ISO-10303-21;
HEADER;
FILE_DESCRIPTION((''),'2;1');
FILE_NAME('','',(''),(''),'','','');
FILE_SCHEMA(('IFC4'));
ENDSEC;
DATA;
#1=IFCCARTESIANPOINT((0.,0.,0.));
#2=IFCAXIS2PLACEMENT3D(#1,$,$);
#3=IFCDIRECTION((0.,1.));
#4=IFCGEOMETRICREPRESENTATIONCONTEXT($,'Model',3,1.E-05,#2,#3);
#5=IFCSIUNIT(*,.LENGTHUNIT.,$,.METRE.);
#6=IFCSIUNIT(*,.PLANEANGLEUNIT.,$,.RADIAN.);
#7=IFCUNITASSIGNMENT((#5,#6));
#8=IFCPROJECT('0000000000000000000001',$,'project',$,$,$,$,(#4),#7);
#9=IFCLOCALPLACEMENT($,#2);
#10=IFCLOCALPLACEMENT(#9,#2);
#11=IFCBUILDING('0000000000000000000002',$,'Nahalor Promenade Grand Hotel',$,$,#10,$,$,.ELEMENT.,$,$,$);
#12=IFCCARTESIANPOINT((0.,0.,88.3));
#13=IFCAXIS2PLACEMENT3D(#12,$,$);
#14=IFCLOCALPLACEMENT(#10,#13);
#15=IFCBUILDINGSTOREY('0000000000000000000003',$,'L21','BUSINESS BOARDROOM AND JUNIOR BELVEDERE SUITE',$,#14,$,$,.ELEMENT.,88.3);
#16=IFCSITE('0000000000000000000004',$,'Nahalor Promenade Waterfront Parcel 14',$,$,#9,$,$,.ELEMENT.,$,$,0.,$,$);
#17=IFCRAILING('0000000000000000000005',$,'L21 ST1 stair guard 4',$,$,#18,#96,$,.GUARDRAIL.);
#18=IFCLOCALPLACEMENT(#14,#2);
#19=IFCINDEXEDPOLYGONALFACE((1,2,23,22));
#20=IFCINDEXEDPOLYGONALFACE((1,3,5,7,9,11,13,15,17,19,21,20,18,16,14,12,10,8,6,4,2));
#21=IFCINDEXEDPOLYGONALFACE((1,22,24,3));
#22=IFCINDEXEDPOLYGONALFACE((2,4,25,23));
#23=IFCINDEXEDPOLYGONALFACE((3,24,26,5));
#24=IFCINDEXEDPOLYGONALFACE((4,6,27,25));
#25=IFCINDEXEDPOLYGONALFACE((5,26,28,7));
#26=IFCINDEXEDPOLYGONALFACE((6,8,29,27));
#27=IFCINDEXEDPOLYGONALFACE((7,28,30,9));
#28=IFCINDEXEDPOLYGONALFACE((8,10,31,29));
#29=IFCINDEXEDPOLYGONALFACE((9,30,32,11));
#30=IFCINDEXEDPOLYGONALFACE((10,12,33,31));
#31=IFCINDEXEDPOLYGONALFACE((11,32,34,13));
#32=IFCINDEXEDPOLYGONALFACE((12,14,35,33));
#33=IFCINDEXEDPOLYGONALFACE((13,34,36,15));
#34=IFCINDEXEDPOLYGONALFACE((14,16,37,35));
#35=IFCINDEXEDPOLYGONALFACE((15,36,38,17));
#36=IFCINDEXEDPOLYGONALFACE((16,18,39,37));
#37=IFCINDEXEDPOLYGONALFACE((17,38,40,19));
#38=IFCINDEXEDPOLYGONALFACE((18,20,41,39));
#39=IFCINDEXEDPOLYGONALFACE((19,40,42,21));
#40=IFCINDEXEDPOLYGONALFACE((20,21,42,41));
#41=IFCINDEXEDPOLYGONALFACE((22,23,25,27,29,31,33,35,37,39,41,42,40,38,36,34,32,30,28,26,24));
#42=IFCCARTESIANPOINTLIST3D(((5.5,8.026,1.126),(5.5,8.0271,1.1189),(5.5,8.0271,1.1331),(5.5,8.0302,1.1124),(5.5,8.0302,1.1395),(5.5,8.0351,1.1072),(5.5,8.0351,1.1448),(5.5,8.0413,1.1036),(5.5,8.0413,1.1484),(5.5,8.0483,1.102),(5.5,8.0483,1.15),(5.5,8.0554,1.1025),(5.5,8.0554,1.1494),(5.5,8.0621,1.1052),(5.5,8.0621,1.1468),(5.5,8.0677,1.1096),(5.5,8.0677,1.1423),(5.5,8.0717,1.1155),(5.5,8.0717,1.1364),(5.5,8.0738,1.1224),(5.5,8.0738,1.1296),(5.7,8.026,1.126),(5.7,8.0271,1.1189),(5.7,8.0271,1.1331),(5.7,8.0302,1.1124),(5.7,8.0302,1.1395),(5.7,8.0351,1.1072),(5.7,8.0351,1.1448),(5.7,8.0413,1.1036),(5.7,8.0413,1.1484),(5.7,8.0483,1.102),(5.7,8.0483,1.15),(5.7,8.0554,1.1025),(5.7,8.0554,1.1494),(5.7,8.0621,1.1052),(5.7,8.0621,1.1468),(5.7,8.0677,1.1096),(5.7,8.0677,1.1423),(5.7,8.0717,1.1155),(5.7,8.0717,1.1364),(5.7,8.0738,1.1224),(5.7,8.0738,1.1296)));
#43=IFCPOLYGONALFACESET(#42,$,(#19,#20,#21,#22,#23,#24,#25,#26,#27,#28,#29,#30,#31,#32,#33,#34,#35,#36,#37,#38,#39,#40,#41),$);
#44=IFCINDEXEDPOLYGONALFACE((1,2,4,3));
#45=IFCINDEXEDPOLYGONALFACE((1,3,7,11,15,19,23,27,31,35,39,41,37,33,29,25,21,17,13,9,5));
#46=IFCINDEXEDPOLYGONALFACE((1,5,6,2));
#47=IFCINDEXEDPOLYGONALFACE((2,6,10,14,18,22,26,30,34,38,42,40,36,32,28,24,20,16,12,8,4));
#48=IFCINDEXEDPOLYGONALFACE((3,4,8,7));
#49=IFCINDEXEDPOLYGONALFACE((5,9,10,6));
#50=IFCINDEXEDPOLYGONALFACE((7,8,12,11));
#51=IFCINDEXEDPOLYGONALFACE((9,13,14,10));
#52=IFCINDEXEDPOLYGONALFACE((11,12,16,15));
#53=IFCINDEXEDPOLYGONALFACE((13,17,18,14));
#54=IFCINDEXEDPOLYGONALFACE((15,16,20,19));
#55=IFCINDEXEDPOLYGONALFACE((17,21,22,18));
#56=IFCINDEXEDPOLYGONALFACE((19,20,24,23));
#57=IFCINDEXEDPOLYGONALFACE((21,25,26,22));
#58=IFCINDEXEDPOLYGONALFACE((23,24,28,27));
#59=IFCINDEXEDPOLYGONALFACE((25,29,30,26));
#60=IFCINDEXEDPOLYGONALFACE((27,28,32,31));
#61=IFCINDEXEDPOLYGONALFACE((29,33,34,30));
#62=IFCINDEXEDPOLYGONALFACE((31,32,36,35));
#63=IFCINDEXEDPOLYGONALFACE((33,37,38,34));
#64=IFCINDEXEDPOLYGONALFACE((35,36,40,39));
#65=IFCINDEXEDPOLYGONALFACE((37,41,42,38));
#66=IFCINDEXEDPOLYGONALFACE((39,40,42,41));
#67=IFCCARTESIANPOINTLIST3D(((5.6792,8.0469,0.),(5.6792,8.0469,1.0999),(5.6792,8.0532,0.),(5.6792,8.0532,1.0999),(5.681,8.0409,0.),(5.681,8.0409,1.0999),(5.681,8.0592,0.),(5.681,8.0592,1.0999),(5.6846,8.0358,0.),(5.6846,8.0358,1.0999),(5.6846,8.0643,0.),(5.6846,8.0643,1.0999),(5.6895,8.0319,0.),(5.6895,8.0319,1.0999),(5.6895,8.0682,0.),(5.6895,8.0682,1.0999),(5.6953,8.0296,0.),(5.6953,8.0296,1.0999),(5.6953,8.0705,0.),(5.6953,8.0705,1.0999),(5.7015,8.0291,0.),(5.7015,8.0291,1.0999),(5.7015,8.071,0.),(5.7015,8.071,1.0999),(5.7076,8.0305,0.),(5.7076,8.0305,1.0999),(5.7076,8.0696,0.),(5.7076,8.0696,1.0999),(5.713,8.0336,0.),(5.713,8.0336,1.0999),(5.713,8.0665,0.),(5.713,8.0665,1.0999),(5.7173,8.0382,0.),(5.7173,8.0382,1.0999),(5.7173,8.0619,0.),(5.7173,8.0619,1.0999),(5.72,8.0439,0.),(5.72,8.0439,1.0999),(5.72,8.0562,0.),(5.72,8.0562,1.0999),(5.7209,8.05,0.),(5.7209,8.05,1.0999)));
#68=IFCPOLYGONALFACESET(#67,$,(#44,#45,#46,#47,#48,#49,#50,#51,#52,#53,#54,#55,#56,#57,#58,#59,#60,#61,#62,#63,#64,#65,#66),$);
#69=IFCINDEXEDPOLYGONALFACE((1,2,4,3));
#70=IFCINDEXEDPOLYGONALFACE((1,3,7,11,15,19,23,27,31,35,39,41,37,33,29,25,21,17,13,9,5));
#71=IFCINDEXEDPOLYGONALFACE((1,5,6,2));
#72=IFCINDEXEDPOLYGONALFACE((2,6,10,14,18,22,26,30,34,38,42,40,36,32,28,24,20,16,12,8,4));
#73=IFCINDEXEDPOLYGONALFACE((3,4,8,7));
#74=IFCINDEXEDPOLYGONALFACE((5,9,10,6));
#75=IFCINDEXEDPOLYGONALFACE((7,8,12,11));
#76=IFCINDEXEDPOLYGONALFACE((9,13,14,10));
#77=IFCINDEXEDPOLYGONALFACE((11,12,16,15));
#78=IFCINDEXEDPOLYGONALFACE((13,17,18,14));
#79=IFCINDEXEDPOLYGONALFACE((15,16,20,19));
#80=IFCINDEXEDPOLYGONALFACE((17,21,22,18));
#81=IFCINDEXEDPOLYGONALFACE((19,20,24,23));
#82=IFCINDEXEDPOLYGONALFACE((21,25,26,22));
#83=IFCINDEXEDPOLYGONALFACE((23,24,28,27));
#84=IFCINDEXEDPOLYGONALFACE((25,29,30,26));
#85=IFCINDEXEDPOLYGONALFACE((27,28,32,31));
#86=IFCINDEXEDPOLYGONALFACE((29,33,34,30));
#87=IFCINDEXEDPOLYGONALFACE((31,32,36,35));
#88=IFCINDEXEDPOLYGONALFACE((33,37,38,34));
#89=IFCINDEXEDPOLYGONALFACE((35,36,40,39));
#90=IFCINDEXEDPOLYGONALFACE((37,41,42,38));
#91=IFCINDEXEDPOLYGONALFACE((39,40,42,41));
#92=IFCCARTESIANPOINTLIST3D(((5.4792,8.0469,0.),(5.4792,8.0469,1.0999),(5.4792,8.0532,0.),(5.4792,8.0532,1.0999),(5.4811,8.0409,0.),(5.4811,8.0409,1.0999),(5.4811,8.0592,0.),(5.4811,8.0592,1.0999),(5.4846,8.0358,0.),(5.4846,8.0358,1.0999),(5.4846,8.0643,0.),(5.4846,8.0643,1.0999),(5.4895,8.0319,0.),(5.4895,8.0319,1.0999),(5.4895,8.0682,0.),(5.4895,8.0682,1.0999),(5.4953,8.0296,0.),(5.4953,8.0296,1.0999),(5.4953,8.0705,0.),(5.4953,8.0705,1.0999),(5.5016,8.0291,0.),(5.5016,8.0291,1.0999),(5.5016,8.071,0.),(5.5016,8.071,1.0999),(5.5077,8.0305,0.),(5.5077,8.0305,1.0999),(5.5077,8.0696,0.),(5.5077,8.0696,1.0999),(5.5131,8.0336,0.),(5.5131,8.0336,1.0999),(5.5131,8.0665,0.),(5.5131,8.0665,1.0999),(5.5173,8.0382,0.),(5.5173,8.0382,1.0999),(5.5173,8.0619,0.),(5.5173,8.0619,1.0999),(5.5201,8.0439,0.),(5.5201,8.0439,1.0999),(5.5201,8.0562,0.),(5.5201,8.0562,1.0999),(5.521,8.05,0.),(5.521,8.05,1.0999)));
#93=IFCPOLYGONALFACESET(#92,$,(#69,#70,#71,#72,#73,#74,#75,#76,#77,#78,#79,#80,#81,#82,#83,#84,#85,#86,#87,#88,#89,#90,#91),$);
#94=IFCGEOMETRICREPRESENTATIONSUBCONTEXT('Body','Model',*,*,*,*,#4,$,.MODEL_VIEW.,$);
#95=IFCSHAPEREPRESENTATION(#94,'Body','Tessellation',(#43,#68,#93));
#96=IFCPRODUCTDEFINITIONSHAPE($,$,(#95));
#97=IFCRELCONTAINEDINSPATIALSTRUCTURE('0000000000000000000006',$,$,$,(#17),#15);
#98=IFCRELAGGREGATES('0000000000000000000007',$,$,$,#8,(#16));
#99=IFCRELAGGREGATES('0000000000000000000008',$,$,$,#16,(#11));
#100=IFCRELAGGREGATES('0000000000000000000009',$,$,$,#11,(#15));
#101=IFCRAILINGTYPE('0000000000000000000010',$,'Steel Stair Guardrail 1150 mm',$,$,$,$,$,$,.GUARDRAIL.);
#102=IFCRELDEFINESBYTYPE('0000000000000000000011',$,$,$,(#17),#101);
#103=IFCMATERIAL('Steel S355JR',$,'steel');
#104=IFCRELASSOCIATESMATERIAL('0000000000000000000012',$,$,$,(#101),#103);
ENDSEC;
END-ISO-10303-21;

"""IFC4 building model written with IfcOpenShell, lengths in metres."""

from ifc_helpers import new_model, si_unit, direction, frame, origin, origin_2d, place, context, subcontext, project, spatial, circle, extrude, material, type_object, element, save


model = new_model("IFC4")

# Units and contexts
model_context = context("Model", 3, precision=1e-05, world=origin(), true_north=direction((0.0, 1.0)))
body_context = subcontext(model_context, "Body", "Model", "MODEL_VIEW")
ifc_project = project(units=[si_unit("LENGTHUNIT", "METRE"), si_unit("PLANEANGLEUNIT", "RADIAN")], contexts=[model_context])

# Site, building, storey
site_placement = place(None, origin())
site = spatial("IfcSite", under=ifc_project, at=site_placement, Name="Nahalor Promenade Waterfront Parcel 14", CompositionType="ELEMENT", RefElevation=0.0)
building_placement = place(site_placement, origin())
building = spatial("IfcBuilding", under=site, at=building_placement, Name="Nahalor Promenade Grand Hotel", CompositionType="ELEMENT")
storey_placement = place(building_placement, frame((0.0, 0.0, 88.3)))
storey = spatial("IfcBuildingStorey", under=building, at=storey_placement, Name="L21", Description="BUSINESS BOARDROOM AND JUNIOR BELVEDERE SUITE", CompositionType="ELEMENT", Elevation=88.3)

# Shared definitions
ifc_material_1 = material(Name="Steel S355JR", Category="steel")

# Railing
railing_type_1 = type_object("IfcRailingType", Name="Steel Stair Guardrail 1150 mm", PredefinedType="GUARDRAIL", material=ifc_material_1)
railing_1_placement = place(storey_placement, frame((5.7, 8.05, 0.0)))
element("IfcRailing", 1, at=railing_1_placement, inside=storey, type_object=railing_type_1, Name="L21 ST1 stair guard 4", PredefinedType="GUARDRAIL", context=body_context, shape_type="SweptSolid", body=[
    extrude(circle(Radius=0.024, at=origin_2d()), frame((0.0, 0.0, 1.126), z_axis=(-1.0, 0.0, 0.0), x_axis=(0.0, -1.0, 0.0)), (0.0, 0.0, 1.0), 0.2),
    extrude(circle(Radius=0.021, at=origin_2d()), origin(), (0.0, 0.0, 1.0), 1.0999),
    extrude(circle(Radius=0.021, at=origin_2d()), frame((-0.2, 0.0, 0.0)), (0.0, 0.0, 1.0), 1.0999),
])

save(model, "model.ifc")
